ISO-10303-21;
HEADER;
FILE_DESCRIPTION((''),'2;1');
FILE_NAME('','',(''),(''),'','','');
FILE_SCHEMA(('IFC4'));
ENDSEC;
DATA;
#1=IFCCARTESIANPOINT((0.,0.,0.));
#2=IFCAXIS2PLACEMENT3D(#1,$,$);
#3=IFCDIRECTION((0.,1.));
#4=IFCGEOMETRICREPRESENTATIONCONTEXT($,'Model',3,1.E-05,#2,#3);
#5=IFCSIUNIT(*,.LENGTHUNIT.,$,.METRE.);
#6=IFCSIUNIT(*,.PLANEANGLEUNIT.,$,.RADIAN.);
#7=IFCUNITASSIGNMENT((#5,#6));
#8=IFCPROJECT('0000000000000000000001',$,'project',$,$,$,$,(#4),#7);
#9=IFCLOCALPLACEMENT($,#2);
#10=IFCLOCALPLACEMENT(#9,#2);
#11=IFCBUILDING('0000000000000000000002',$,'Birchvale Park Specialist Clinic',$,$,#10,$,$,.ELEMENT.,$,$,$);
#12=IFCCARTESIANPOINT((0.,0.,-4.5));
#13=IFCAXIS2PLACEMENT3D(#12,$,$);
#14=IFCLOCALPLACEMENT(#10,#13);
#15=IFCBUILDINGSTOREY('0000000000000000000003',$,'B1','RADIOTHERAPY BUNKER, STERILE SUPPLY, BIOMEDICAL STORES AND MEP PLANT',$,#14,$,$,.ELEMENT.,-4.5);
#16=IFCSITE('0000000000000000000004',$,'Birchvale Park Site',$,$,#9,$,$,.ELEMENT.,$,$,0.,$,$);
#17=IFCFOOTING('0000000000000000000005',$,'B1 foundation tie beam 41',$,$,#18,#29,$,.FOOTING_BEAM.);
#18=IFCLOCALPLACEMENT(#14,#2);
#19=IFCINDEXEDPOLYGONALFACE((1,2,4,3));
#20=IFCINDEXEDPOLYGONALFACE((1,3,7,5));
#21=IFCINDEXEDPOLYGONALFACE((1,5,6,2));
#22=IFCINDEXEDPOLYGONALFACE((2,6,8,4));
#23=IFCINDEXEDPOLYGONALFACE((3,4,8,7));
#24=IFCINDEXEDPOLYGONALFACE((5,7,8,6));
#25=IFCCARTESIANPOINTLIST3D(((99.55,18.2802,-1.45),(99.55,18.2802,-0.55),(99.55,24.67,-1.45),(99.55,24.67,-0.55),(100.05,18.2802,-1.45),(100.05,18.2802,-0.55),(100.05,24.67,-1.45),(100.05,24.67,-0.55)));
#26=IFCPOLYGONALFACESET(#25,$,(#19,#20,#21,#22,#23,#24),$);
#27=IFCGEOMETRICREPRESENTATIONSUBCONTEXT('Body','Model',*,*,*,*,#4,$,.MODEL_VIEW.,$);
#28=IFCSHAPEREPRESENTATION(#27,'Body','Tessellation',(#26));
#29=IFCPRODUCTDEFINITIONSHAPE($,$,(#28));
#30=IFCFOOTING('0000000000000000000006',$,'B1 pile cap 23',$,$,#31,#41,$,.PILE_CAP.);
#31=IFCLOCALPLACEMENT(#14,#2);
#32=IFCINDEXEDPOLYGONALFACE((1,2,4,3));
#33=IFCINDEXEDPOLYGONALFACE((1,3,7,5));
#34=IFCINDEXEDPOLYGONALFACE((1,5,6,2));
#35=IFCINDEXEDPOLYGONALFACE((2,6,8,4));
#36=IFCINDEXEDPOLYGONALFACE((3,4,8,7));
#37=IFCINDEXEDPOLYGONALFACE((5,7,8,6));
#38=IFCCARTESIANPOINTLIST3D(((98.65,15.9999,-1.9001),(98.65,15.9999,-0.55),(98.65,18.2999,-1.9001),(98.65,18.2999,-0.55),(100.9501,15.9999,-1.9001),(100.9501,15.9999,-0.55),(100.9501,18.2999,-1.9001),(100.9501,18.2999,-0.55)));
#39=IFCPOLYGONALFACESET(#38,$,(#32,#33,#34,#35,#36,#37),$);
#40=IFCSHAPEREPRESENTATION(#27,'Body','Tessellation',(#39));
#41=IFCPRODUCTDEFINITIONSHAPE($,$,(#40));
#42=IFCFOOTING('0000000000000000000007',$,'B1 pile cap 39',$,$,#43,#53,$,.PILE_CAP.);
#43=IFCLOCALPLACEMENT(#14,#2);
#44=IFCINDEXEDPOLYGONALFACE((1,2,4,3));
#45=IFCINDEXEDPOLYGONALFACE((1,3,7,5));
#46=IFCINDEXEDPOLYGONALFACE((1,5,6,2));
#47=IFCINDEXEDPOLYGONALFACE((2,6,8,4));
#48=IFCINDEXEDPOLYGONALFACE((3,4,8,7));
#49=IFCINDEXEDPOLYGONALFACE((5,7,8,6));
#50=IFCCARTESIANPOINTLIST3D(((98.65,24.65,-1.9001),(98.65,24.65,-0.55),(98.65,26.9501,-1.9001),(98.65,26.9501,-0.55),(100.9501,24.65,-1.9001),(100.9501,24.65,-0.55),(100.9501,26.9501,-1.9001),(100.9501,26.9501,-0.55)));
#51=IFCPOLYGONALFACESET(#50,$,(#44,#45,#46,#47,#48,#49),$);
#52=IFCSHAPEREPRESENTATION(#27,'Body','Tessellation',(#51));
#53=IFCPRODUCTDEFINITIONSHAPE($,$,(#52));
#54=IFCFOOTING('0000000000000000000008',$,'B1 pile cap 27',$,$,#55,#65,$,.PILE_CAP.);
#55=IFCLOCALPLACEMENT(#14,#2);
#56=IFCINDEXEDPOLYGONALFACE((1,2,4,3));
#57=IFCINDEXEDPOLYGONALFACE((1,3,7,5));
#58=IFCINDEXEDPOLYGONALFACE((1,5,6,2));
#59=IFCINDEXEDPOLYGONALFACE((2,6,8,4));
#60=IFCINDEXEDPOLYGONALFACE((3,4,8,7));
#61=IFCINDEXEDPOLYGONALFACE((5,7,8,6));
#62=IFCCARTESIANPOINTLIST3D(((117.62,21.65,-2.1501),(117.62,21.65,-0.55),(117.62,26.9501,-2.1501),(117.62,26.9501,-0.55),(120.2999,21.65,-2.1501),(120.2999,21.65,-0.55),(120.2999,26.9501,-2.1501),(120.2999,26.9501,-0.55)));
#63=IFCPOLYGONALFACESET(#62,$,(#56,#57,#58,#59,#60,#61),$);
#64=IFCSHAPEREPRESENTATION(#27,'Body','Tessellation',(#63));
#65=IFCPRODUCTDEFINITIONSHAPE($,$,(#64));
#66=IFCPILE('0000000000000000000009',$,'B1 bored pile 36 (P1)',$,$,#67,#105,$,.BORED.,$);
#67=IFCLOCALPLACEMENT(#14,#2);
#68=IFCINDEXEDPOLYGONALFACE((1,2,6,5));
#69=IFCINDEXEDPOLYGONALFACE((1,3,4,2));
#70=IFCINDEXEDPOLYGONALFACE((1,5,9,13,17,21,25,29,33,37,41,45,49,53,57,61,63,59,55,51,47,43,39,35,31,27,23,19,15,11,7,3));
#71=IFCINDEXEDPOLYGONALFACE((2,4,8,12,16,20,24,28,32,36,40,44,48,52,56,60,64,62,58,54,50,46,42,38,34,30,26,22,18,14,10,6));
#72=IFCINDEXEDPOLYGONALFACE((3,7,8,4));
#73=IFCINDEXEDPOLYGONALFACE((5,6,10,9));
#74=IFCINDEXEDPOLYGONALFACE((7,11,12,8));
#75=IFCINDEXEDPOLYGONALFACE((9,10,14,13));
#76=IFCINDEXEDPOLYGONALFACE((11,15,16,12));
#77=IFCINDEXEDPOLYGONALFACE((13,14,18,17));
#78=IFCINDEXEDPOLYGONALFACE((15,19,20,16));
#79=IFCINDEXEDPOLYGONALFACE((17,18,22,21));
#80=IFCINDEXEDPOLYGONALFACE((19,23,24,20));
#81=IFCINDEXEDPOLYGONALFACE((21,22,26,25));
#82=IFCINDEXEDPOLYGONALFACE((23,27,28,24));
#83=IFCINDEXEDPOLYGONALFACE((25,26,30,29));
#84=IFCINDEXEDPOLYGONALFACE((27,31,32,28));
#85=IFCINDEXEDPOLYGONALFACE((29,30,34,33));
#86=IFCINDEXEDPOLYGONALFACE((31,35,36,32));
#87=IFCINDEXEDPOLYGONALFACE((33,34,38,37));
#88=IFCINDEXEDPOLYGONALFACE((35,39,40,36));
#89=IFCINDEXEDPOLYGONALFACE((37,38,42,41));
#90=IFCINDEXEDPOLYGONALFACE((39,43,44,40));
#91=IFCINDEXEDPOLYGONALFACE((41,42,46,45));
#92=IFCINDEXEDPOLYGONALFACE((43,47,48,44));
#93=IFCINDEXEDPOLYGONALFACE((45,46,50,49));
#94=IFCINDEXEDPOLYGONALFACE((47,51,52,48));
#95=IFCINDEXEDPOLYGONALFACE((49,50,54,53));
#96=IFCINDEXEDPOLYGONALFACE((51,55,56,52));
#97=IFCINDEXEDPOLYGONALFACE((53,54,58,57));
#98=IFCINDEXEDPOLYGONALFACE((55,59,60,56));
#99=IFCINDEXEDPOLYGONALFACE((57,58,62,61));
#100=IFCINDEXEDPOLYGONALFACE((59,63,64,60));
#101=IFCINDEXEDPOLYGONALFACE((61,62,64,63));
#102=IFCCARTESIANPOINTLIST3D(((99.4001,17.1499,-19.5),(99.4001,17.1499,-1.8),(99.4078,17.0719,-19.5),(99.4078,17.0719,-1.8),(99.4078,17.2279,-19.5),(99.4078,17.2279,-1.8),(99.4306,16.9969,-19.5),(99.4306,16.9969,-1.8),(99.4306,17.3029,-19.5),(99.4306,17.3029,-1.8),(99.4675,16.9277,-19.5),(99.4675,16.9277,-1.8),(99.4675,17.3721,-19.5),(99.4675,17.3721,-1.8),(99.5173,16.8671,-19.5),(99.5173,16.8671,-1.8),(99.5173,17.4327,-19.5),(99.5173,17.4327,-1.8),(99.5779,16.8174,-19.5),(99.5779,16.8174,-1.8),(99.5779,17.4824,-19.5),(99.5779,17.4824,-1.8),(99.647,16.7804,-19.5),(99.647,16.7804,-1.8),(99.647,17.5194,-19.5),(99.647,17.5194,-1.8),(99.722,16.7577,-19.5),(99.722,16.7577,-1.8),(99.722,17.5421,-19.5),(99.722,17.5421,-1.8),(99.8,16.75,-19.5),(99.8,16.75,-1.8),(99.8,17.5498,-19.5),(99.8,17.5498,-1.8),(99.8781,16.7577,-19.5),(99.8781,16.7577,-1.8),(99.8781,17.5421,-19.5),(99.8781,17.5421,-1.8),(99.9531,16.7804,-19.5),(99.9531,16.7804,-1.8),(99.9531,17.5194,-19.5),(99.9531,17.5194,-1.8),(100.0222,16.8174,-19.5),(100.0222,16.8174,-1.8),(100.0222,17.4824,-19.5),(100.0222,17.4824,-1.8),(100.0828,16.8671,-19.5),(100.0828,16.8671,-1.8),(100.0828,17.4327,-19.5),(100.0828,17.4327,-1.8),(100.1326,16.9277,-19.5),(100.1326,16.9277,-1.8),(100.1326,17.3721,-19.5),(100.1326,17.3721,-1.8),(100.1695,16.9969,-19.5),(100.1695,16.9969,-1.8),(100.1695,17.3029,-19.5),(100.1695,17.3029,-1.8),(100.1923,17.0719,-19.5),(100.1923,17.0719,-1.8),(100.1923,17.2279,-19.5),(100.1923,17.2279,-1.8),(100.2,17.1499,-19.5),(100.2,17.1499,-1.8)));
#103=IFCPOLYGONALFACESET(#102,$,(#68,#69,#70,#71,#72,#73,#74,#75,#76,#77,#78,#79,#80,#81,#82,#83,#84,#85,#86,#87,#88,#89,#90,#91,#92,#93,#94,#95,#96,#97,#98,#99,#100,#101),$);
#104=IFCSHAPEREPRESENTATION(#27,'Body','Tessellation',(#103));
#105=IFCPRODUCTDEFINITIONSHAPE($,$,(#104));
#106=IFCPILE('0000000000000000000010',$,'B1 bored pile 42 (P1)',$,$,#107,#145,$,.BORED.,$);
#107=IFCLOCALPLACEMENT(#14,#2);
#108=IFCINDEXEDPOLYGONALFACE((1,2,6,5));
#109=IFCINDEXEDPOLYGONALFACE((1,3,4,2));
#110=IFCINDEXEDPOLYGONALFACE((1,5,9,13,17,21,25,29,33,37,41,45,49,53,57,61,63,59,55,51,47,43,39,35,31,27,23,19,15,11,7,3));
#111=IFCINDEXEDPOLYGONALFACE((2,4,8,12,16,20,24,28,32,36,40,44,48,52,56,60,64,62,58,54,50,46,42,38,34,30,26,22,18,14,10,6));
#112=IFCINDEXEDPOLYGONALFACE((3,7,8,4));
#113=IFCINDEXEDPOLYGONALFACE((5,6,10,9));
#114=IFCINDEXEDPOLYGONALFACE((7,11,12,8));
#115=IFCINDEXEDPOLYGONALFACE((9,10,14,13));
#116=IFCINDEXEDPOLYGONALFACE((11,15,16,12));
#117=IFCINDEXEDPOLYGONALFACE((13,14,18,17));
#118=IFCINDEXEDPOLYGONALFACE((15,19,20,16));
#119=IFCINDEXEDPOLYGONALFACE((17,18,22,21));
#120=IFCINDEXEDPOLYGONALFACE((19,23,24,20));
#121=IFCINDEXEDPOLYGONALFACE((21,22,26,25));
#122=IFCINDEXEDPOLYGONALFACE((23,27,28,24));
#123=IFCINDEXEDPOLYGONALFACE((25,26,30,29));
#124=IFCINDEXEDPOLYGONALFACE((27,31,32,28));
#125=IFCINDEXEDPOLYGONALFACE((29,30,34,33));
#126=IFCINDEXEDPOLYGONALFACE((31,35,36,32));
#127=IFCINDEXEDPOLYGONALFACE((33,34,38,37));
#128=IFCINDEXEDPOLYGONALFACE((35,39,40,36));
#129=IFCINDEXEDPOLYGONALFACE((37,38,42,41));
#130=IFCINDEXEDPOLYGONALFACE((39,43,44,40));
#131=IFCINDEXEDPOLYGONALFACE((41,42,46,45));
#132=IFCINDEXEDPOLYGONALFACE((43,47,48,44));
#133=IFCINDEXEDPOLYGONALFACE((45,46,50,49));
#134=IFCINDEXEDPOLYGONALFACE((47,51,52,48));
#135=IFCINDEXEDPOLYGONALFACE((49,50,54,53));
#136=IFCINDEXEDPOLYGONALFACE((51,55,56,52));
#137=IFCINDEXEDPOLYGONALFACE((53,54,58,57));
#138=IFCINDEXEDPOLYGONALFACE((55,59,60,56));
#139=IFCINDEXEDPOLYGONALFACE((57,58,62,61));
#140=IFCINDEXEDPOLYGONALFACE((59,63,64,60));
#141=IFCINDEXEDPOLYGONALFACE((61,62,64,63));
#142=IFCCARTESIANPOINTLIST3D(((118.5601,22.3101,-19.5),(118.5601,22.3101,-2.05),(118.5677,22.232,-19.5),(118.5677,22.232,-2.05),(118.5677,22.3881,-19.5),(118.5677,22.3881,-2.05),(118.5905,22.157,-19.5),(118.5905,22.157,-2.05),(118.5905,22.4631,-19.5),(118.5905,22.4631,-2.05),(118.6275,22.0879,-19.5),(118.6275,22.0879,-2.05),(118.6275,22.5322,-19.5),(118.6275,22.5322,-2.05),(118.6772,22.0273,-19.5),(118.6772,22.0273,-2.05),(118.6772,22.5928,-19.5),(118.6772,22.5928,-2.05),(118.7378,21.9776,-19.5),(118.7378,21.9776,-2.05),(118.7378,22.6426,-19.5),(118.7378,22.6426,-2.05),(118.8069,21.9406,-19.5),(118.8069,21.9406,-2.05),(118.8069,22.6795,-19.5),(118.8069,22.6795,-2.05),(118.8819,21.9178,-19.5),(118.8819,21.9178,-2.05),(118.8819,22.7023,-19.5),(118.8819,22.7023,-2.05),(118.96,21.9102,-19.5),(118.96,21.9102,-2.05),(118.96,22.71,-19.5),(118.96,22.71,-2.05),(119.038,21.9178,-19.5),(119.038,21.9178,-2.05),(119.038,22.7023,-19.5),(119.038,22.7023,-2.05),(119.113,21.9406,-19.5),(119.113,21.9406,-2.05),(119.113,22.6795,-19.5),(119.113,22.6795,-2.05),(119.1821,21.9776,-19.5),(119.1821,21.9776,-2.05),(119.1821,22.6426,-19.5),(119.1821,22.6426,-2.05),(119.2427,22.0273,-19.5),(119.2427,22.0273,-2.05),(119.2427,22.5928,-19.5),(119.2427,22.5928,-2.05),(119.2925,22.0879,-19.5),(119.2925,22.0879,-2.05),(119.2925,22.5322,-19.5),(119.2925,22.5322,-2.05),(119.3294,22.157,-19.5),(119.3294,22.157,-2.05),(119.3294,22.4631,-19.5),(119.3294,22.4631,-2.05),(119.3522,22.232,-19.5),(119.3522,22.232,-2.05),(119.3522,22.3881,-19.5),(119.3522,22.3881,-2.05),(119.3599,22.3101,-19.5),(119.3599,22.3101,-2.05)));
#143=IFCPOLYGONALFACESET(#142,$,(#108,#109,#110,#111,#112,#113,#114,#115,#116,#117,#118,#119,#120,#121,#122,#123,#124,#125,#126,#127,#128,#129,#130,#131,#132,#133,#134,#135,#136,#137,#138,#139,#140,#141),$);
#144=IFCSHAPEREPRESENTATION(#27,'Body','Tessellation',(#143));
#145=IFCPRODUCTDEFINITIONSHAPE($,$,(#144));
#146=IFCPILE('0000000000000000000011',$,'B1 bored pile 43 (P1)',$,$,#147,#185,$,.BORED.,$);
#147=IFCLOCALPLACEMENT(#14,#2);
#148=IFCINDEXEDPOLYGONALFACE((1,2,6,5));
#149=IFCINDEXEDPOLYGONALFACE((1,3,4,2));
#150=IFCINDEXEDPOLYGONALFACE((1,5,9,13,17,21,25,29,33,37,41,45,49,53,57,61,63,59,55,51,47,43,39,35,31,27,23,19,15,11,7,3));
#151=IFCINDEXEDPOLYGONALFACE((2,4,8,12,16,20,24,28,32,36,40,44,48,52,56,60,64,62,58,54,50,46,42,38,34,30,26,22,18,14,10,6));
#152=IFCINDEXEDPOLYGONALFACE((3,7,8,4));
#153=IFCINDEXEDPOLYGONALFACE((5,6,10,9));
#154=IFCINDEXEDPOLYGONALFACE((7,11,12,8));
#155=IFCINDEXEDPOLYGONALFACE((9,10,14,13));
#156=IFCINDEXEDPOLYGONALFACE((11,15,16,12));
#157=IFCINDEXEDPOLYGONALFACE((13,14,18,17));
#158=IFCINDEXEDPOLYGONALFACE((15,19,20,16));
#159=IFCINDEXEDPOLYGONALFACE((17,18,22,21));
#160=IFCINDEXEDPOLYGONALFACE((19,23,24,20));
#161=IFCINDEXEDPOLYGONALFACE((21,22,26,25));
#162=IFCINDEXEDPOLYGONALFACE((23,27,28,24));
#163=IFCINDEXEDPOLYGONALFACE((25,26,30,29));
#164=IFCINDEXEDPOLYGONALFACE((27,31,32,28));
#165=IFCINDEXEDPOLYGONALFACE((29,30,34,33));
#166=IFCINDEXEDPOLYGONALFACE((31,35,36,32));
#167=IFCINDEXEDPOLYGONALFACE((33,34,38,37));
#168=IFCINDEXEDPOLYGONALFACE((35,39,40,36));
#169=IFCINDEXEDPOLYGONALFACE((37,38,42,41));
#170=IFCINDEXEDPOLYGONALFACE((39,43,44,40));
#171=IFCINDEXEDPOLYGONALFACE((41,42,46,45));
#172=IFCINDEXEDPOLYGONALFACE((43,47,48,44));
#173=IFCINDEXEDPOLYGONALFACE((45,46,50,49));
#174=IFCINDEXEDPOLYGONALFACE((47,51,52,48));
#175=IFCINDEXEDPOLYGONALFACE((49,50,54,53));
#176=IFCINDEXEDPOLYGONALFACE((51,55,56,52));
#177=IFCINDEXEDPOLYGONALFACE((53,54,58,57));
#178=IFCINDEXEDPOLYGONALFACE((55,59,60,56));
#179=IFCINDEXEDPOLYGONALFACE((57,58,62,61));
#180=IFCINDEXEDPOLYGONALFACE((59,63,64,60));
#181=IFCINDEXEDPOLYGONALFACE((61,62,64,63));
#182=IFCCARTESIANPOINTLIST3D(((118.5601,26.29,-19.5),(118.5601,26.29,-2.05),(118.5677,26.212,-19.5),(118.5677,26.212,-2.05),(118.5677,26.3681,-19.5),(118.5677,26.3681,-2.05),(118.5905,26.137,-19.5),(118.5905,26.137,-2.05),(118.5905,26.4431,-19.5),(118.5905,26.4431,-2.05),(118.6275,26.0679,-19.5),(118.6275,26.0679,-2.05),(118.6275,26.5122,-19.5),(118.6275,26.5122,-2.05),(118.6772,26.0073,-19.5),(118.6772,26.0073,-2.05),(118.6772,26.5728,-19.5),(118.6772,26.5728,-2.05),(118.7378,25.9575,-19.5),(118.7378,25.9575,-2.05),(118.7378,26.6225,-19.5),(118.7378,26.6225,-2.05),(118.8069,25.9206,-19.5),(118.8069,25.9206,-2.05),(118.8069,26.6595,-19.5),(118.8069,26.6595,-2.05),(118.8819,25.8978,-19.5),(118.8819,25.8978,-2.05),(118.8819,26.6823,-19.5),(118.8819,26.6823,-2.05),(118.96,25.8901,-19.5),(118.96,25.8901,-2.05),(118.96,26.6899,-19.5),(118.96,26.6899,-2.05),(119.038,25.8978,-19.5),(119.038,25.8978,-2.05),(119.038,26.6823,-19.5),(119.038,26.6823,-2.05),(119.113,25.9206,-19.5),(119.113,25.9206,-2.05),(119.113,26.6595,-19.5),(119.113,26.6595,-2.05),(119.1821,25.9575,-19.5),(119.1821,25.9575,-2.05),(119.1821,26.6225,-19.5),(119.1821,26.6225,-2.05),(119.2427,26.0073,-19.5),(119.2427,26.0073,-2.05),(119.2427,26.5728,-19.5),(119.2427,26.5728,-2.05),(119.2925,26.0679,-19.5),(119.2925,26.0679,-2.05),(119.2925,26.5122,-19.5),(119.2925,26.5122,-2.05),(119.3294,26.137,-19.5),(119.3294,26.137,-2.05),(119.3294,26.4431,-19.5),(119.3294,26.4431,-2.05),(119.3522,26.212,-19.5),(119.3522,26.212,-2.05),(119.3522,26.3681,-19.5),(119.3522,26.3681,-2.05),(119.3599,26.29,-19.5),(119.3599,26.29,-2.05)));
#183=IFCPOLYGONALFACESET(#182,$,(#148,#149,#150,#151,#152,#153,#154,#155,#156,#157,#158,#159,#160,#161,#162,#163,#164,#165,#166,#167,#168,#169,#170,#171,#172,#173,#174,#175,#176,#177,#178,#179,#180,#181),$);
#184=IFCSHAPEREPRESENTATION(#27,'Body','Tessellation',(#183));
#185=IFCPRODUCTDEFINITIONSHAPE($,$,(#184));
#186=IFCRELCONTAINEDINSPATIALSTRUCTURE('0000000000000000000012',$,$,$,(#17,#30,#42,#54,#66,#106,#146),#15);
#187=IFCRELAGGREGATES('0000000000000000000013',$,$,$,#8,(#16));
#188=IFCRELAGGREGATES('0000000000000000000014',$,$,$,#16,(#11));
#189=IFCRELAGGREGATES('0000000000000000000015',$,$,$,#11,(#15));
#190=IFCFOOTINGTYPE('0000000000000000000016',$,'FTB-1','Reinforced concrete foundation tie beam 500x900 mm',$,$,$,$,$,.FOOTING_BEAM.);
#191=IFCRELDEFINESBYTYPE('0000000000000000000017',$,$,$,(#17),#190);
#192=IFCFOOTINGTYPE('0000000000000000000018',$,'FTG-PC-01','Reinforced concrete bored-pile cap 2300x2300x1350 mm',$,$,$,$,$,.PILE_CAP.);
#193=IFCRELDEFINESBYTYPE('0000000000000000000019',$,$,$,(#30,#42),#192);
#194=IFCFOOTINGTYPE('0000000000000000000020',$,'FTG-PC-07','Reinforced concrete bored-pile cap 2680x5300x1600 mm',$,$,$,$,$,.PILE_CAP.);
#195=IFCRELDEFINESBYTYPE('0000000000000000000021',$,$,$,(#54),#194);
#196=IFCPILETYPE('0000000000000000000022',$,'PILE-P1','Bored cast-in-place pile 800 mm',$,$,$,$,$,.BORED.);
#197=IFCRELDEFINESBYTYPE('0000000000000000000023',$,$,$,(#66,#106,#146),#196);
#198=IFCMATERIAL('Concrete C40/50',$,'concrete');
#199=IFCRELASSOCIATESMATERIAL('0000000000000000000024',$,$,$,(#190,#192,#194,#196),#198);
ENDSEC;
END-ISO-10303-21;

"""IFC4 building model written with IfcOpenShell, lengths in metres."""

from ifc_helpers import new_model, si_unit, direction, frame, origin, origin_2d, place, context, subcontext, project, spatial, rectangle, circle, extrude, material, material_profile, profile_set, type_object, element, save


model = new_model("IFC4")

# Units and contexts
model_context = context("Model", 3, precision=1e-05, world=origin(), true_north=direction((0.0, 1.0)))
body_context = subcontext(model_context, "Body", "Model", "MODEL_VIEW")
ifc_project = project(units=[si_unit("LENGTHUNIT", "METRE"), si_unit("PLANEANGLEUNIT", "RADIAN")], contexts=[model_context])

# Site, building, storey
site_placement = place(None, origin())
site = spatial("IfcSite", under=ifc_project, at=site_placement, Name="Birchvale Park Site", CompositionType="ELEMENT", RefElevation=0.0)
building_placement = place(site_placement, origin())
building = spatial("IfcBuilding", under=site, at=building_placement, Name="Birchvale Park Specialist Clinic", CompositionType="ELEMENT")
storey_placement = place(building_placement, frame((0.0, 0.0, -4.5)))
storey = spatial("IfcBuildingStorey", under=building, at=storey_placement, Name="B1", Description="RADIOTHERAPY BUNKER, STERILE SUPPLY, BIOMEDICAL STORES AND MEP PLANT", CompositionType="ELEMENT", Elevation=-4.5)

# Footings
ifc_material_1 = material(Name="Concrete C40/50", Category="concrete")
footing_type_1 = type_object("IfcFootingType", Name="FTB-1", Description="Reinforced concrete foundation tie beam 500x900 mm", PredefinedType="FOOTING_BEAM", material=ifc_material_1)
footing_1_placement = place(storey_placement, frame((99.8, 21.4751, -1.45), z_axis=(0.0, 0.0, 1.0), x_axis=(1.0, 0.0, 0.0)))
element("IfcFooting", 1, at=footing_1_placement, inside=storey, type_object=footing_type_1, Name="B1 foundation tie beam 41", PredefinedType="FOOTING_BEAM", context=body_context, shape_type="SweptSolid", body=[
    extrude(rectangle(XDim=0.5, YDim=6.3899, at=origin_2d()), origin(), (0.0, 0.0, 1.0), 0.8999),
])
footing_type_2 = type_object("IfcFootingType", Name="FTG-PC-01", Description="Reinforced concrete bored-pile cap 2300x2300x1350 mm", PredefinedType="PILE_CAP", material=ifc_material_1)
for number, where, z_axis, x_axis, name in (
    (2, (99.8, 17.1499, -1.9001), (0.0, 0.0, 1.0), (1.0, 0.0, 0.0), "B1 pile cap 23"),
    (3, (99.8, 25.8, -1.9001), (0.0, 0.0, 1.0), (1.0, 0.0, 0.0), "B1 pile cap 39"),
):
    element("IfcFooting", number, at=place(storey_placement, frame(where, z_axis=z_axis, x_axis=x_axis)), inside=storey, type_object=footing_type_2, Name=name, PredefinedType="PILE_CAP", context=body_context, shape_type="SweptSolid", body=[
        extrude(rectangle(XDim=2.3, YDim=2.3, at=origin_2d()), origin(), (0.0, 0.0, 1.0), 1.3501),
    ])
footing_type_3 = type_object("IfcFootingType", Name="FTG-PC-07", Description="Reinforced concrete bored-pile cap 2680x5300x1600 mm", PredefinedType="PILE_CAP", material=ifc_material_1)
footing_2_placement = place(storey_placement, frame((118.96, 24.3, -2.1501), z_axis=(0.0, 0.0, 1.0), x_axis=(1.0, 0.0, 0.0)))
element("IfcFooting", 4, at=footing_2_placement, inside=storey, type_object=footing_type_3, Name="B1 pile cap 27", PredefinedType="PILE_CAP", context=body_context, shape_type="SweptSolid", body=[
    extrude(rectangle(XDim=2.6799, YDim=5.3, at=origin_2d()), origin(), (0.0, 0.0, 1.0), 1.6001),
])

# Piles
ifc_material_profile_1 = material_profile(ifc_material_1, circle(Radius=0.3999, at=origin_2d()), Name="PILE-800")
ifc_profile_set_1 = profile_set([ifc_material_profile_1], Name="Concrete C40/50")
pile_type_1 = type_object("IfcPileType", Name="PILE-P1", Description="Bored cast-in-place pile 800 mm", PredefinedType="BORED", material=ifc_profile_set_1)
pile_1_placement = place(storey_placement, frame((99.8, 17.1499, -1.8), z_axis=(0.0, 0.0, -1.0), x_axis=(1.0, 0.0, 0.0)))
element("IfcPile", 5, at=pile_1_placement, inside=storey, type_object=pile_type_1, Name="B1 bored pile 36 (P1)", PredefinedType="BORED", context=body_context, shape_type="SweptSolid", body=[
    extrude(circle(Radius=0.3999, at=origin_2d()), origin(), (0.0, 0.0, 1.0), 17.7),
])
for number, where, z_axis, x_axis, name in (
    (6, (118.96, 22.3101, -2.05), (0.0, 0.0, -1.0), (1.0, 0.0, 0.0), "B1 bored pile 42 (P1)"),
    (7, (118.96, 26.29, -2.05), (0.0, 0.0, -1.0), (1.0, 0.0, 0.0), "B1 bored pile 43 (P1)"),
):
    element("IfcPile", number, at=place(storey_placement, frame(where, z_axis=z_axis, x_axis=x_axis)), inside=storey, type_object=pile_type_1, Name=name, PredefinedType="BORED", context=body_context, shape_type="SweptSolid", body=[
        extrude(circle(Radius=0.3999, at=origin_2d()), origin(), (0.0, 0.0, 1.0), 17.45),
    ])

save(model, "model.ifc")
